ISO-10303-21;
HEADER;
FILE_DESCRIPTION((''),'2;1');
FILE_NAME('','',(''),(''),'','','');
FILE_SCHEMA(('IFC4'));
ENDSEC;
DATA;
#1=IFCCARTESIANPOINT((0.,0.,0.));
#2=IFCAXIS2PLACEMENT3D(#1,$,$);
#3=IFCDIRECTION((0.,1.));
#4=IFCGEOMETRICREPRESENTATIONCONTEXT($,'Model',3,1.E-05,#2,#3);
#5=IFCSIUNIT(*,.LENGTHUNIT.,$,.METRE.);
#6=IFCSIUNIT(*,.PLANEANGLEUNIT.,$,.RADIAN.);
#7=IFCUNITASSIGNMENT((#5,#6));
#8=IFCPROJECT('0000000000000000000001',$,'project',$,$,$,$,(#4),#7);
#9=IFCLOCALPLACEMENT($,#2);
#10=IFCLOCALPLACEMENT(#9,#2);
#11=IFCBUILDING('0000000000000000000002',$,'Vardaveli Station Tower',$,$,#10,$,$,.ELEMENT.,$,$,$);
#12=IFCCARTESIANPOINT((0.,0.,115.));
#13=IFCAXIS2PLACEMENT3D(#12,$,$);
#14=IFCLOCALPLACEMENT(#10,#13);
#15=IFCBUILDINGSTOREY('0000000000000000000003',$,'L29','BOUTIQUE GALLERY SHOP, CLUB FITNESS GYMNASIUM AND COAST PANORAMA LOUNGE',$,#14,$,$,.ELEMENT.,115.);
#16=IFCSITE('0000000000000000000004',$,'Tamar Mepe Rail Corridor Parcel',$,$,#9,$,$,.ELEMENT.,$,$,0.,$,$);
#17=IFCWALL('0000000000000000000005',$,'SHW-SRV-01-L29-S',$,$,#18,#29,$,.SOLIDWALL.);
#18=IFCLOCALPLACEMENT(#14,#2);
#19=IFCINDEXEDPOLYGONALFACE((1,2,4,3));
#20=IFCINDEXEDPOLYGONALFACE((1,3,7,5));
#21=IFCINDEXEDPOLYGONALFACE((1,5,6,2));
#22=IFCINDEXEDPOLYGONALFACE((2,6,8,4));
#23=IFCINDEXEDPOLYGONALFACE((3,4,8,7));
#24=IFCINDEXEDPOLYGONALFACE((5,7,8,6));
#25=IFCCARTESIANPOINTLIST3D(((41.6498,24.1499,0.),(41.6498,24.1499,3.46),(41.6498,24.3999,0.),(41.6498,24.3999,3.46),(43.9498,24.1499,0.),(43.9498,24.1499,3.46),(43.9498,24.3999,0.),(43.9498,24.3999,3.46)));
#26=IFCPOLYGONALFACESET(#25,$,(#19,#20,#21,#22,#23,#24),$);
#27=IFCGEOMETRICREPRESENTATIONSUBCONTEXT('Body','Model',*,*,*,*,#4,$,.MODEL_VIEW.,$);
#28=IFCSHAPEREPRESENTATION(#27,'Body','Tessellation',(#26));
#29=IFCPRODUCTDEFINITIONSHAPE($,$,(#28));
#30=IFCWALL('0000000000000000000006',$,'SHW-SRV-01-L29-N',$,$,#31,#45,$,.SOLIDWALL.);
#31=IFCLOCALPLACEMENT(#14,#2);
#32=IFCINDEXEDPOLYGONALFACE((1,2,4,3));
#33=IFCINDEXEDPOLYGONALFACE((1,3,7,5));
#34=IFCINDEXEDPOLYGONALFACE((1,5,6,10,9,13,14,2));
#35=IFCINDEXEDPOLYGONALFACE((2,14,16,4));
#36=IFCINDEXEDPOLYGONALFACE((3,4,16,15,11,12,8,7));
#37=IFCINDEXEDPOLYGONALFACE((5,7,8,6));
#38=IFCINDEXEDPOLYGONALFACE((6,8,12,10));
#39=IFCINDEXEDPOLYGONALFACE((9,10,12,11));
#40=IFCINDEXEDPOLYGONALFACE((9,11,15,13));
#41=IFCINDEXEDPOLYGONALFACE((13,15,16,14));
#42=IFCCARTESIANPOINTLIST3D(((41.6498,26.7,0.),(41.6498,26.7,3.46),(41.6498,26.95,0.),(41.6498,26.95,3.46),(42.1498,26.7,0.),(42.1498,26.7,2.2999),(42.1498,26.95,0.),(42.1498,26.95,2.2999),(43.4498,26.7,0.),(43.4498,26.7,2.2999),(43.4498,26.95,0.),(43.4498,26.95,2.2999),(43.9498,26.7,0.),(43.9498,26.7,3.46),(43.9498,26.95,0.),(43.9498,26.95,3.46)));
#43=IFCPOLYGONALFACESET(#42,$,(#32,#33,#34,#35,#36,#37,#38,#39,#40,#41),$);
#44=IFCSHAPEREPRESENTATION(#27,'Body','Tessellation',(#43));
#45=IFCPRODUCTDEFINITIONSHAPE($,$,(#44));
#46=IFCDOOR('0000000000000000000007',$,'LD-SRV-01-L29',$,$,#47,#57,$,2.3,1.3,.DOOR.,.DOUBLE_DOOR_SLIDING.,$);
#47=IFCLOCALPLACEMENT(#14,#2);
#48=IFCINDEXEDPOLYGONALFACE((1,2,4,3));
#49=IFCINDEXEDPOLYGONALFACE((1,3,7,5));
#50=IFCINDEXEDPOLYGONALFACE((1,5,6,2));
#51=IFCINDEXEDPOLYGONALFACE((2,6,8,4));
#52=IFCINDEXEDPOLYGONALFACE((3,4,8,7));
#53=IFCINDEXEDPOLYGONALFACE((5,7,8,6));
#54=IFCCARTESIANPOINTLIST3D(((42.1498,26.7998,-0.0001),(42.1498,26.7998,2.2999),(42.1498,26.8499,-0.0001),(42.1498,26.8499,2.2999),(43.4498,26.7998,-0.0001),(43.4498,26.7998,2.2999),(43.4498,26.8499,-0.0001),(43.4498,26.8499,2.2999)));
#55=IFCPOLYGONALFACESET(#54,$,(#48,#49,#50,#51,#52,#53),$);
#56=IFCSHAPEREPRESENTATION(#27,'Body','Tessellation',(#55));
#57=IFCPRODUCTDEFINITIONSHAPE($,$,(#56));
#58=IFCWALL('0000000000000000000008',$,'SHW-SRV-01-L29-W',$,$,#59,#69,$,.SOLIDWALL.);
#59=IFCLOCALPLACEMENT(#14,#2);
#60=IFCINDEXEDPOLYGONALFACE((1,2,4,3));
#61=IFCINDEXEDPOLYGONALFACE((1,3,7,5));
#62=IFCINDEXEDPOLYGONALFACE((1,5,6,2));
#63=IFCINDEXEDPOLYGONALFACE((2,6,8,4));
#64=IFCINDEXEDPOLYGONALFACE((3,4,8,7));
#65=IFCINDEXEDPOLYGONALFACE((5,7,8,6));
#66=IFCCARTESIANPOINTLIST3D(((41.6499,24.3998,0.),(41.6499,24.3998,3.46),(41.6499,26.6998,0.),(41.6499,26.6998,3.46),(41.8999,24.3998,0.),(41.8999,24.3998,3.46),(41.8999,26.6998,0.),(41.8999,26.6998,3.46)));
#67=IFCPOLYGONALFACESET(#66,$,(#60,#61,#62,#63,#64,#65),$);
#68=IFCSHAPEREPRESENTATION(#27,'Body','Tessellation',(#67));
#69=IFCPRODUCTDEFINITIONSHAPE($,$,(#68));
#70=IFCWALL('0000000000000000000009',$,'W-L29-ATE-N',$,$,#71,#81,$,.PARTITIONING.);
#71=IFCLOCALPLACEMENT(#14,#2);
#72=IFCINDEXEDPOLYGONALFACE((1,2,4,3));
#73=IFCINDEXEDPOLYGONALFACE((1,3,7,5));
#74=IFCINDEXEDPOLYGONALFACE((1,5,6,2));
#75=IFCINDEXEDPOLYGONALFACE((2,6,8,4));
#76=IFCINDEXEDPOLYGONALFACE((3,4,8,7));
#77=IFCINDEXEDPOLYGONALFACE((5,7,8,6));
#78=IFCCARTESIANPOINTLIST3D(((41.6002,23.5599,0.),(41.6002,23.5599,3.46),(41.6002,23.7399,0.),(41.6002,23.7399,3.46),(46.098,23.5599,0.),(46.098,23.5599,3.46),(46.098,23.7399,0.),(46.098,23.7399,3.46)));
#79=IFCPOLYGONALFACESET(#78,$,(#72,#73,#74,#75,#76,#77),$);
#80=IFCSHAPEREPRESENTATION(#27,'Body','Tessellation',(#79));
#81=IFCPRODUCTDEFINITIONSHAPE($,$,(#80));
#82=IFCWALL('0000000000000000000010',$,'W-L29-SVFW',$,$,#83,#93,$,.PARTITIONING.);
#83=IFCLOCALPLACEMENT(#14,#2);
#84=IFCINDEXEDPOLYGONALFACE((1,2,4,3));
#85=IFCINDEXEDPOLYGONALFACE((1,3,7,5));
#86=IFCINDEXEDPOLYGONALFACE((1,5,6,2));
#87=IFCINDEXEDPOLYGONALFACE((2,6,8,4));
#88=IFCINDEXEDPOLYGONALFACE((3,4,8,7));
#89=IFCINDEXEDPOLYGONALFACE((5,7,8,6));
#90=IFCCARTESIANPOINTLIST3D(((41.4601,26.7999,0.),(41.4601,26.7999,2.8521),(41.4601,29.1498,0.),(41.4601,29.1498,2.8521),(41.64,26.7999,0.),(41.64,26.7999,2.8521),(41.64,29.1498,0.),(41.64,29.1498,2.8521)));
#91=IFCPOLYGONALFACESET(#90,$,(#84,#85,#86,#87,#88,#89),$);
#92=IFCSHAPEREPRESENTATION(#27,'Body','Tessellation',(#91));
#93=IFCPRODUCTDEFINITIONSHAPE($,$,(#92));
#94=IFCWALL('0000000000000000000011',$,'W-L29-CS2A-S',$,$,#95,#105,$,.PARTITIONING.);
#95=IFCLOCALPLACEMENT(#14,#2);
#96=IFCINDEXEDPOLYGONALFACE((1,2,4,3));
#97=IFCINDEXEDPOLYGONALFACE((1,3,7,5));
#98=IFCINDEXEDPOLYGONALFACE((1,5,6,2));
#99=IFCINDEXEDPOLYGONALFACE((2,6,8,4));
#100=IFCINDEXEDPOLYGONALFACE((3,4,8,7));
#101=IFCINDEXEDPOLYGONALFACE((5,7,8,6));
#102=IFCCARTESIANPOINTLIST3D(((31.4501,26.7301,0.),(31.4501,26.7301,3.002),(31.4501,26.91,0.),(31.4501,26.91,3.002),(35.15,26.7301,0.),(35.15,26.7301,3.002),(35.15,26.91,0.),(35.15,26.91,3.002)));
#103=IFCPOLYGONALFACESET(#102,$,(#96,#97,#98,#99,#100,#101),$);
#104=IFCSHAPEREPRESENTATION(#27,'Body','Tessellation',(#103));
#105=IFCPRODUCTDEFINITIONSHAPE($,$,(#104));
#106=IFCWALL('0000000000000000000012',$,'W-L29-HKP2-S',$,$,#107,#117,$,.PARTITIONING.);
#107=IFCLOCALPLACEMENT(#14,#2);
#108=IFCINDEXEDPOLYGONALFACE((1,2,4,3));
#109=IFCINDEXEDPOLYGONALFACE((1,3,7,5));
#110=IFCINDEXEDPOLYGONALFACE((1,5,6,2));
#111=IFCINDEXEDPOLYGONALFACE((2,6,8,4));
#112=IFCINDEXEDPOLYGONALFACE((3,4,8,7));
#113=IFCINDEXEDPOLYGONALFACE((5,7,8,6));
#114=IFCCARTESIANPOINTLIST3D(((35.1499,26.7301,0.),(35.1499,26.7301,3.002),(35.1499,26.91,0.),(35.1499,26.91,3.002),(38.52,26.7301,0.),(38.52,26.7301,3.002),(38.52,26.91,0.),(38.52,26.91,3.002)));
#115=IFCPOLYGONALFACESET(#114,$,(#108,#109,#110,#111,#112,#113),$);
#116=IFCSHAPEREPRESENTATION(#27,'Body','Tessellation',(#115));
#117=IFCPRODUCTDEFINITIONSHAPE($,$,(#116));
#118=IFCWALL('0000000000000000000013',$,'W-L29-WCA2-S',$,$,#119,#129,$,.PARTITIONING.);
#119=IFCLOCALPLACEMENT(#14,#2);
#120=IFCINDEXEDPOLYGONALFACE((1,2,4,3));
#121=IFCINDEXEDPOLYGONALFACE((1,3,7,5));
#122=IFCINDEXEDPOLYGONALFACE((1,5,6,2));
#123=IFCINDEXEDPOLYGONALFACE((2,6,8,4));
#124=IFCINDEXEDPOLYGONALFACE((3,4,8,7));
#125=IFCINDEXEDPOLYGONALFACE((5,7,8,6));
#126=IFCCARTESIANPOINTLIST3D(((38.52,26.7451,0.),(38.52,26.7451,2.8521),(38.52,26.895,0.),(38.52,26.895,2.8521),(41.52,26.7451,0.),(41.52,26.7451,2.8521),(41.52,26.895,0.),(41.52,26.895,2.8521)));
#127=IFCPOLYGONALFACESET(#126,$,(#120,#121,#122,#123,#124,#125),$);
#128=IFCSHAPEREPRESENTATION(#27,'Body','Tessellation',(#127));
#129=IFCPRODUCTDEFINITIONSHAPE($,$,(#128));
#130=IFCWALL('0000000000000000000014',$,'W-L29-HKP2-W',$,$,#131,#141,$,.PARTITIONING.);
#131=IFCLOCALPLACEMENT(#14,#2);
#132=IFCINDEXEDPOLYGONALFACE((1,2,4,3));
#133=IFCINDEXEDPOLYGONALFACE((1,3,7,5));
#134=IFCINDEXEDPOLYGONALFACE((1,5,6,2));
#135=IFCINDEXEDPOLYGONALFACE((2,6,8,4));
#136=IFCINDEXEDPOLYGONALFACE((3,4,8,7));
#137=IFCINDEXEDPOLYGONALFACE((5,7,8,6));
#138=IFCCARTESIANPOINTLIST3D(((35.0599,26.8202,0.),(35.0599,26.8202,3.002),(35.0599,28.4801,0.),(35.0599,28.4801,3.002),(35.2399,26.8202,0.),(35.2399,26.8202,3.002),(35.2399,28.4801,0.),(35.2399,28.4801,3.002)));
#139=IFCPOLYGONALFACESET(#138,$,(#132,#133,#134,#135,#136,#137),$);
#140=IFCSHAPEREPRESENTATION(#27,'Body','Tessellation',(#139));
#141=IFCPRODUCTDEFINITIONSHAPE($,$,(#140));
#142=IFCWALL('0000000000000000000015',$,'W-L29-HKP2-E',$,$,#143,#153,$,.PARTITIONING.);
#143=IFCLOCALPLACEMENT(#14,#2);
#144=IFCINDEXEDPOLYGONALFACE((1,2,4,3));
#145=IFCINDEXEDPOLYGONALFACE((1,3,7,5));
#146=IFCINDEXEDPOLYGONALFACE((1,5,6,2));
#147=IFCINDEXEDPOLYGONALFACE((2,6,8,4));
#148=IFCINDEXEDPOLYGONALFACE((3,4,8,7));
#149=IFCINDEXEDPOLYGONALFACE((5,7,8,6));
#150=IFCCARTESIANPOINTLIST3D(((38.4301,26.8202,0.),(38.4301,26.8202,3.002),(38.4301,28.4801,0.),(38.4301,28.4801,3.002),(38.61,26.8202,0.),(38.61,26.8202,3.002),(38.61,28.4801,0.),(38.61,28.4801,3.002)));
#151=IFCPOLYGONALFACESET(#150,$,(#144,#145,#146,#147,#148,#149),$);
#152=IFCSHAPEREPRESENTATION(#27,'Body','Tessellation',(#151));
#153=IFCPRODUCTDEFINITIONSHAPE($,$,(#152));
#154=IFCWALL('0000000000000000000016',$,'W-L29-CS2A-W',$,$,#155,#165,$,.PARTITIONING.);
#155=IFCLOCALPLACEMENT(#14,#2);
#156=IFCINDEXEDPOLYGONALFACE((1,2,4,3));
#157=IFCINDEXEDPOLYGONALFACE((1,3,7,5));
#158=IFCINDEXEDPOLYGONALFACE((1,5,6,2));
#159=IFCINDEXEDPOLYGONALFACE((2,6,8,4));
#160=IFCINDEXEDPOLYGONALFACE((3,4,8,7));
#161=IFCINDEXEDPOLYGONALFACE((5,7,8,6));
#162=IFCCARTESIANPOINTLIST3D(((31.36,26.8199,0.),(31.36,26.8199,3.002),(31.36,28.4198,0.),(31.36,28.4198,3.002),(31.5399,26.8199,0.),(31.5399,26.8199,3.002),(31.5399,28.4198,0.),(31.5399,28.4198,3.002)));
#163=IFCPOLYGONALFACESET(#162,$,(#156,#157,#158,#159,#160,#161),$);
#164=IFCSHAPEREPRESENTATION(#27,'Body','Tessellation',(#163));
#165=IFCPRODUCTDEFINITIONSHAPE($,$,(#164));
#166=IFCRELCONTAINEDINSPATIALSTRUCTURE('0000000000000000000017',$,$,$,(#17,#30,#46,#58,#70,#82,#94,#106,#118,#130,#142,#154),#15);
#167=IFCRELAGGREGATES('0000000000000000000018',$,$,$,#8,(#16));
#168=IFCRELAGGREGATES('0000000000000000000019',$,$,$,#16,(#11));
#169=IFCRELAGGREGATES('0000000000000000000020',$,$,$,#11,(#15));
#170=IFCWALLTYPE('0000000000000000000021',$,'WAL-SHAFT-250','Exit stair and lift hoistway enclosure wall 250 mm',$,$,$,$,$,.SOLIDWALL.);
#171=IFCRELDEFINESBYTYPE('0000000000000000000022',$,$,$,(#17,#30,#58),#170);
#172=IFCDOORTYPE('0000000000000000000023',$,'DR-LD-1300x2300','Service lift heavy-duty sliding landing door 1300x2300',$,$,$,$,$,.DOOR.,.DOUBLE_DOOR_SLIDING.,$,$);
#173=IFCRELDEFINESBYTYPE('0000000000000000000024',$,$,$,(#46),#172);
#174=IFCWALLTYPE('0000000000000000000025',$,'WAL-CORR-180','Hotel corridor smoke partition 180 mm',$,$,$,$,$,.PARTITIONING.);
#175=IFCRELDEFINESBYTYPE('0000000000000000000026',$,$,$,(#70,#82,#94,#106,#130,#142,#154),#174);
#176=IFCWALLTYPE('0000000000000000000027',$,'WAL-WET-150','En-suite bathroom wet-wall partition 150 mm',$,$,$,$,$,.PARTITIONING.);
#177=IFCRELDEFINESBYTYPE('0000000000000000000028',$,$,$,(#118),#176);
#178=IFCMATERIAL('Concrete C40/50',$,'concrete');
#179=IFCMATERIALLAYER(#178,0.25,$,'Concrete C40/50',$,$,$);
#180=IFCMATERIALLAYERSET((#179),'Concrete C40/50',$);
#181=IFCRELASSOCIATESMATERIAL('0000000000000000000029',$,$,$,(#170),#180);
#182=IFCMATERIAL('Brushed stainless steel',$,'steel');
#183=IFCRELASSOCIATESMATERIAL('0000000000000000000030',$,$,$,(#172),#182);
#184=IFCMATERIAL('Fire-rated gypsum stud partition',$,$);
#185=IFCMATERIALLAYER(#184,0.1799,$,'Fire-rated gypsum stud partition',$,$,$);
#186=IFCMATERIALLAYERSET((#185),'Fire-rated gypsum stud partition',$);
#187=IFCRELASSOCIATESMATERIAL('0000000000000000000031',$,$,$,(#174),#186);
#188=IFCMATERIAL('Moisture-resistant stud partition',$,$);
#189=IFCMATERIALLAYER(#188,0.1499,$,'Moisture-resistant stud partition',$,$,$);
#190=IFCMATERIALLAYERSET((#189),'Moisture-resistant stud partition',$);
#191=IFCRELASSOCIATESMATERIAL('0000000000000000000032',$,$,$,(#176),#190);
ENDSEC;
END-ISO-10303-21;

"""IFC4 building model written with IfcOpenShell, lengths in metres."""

from ifc_helpers import new_model, si_unit, direction, frame, frame_2d, origin, place, context, subcontext, project, spatial, rectangle, extrude, source, transform, mapped, material, layer, layer_set, type_object, element, fill, save


model = new_model("IFC4")

# Units and contexts
model_context = context("Model", 3, precision=1e-05, world=origin(), true_north=direction((0.0, 1.0)))
body_context = subcontext(model_context, "Body", "Model", "MODEL_VIEW")
ifc_project = project(units=[si_unit("LENGTHUNIT", "METRE"), si_unit("PLANEANGLEUNIT", "RADIAN")], contexts=[model_context])

# Site, building, storey
site_placement = place(None, origin())
site = spatial("IfcSite", under=ifc_project, at=site_placement, Name="Tamar Mepe Rail Corridor Parcel", CompositionType="ELEMENT", RefElevation=0.0)
building_placement = place(site_placement, origin())
building = spatial("IfcBuilding", under=site, at=building_placement, Name="Vardaveli Station Tower", CompositionType="ELEMENT")
storey_placement = place(building_placement, frame((0.0, 0.0, 115.0)))
storey = spatial("IfcBuildingStorey", under=building, at=storey_placement, Name="L29", Description="BOUTIQUE GALLERY SHOP, CLUB FITNESS GYMNASIUM AND COAST PANORAMA LOUNGE", CompositionType="ELEMENT", Elevation=115.0)

# Wall
ifc_material_1 = material(Name="Concrete C40/50", Category="concrete")
ifc_layer_1 = layer(ifc_material_1, 0.25, Name="Concrete C40/50")
ifc_layer_set_1 = layer_set([ifc_layer_1], Name="Concrete C40/50")
wall_type_1 = type_object("IfcWallType", Name="WAL-SHAFT-250", Description="Exit stair and lift hoistway enclosure wall 250 mm", PredefinedType="SOLIDWALL", material=ifc_layer_set_1)
shared_shape_1 = source(origin(), body_context, "Body", "SweptSolid", [
    extrude(rectangle(XDim=2.3, YDim=0.25, at=frame_2d((1.1499, 0.0))), origin(), (0.0, 0.0, 1.0), 3.46),
])
wall_1_placement = place(storey_placement, frame((41.6499, 24.2749, 0.0), z_axis=(0.0, 0.0, 1.0), x_axis=(1.0, 0.0, 0.0)))
element("IfcWall", 1, at=wall_1_placement, inside=storey, type_object=wall_type_1, Name="SHW-SRV-01-L29-S", PredefinedType="SOLIDWALL", context=body_context, shape_type="MappedRepresentation", body=[
    mapped(shared_shape_1, transform((0.0, 0.0, 0.0), scale=1.0)),
])

# Wall, opening, door
wall_2_placement = place(storey_placement, frame((41.6499, 26.825, 0.0), z_axis=(0.0, 0.0, 1.0), x_axis=(1.0, 0.0, 0.0)))
wall_2 = element("IfcWall", 2, at=wall_2_placement, inside=storey, type_object=wall_type_1, Name="SHW-SRV-01-L29-N", PredefinedType="SOLIDWALL", context=body_context, shape_type="MappedRepresentation", body=[
    mapped(shared_shape_1, transform((0.0, 0.0, 0.0), scale=1.0)),
])
shared_shape_2 = source(origin(), body_context, "Body", "SweptSolid", [
    extrude(rectangle(XDim=1.3, YDim=2.3, at=frame_2d((0.6499, 1.1499))), frame((0.0, 0.135, 0.0), z_axis=(0.0, -1.0, 0.0), x_axis=(1.0, 0.0, 0.0)), (0.0, 0.0, 1.0), 0.27),
])
opening_placement = place(wall_2_placement, frame((0.5, 0.0, 0.0)))
opening = element("IfcOpeningElement", 3, at=opening_placement, cuts=wall_2, PredefinedType="OPENING", context=body_context, shape_type="MappedRepresentation", body=[
    mapped(shared_shape_2, transform((0.0, 0.0, 0.0), scale=1.0)),
])
ifc_material_2 = material(Name="Brushed stainless steel", Category="steel")
door_type = type_object("IfcDoorType", Name="DR-LD-1300x2300", Description="Service lift heavy-duty sliding landing door 1300x2300", OperationType="DOUBLE_DOOR_SLIDING", PredefinedType="DOOR", material=ifc_material_2)
shared_shape_3 = source(origin(), body_context, "Body", "SweptSolid", [
    extrude(rectangle(XDim=1.3, YDim=2.3, at=frame_2d((0.6499, 1.1499))), frame((0.0, 0.0249, 0.0), z_axis=(0.0, -1.0, 0.0), x_axis=(1.0, 0.0, 0.0)), (0.0, 0.0, 1.0), 0.05),
])
door_placement = place(opening_placement, origin())
door = element("IfcDoor", 4, at=door_placement, inside=storey, type_object=door_type, Name="LD-SRV-01-L29", OperationType="DOUBLE_DOOR_SLIDING", OverallHeight=2.3, OverallWidth=1.3, PredefinedType="DOOR", context=body_context, shape_type="MappedRepresentation", body=[
    mapped(shared_shape_3, transform((0.0, 0.0, 0.0), scale=1.0)),
])
fill(opening, door)

# Walls
wall_3_placement = place(storey_placement, frame((41.7749, 24.3999, 0.0), z_axis=(0.0, 0.0, 1.0), x_axis=(0.0, 1.0, 0.0)))
element("IfcWall", 5, at=wall_3_placement, inside=storey, type_object=wall_type_1, Name="SHW-SRV-01-L29-W", PredefinedType="SOLIDWALL", context=body_context, shape_type="MappedRepresentation", body=[
    mapped(shared_shape_1, transform((0.0, 0.0, 0.0), scale=1.0)),
])
ifc_material_3 = material(Name="Fire-rated gypsum stud partition")
ifc_layer_2 = layer(ifc_material_3, 0.1799, Name="Fire-rated gypsum stud partition")
ifc_layer_set_2 = layer_set([ifc_layer_2], Name="Fire-rated gypsum stud partition")
wall_type_2 = type_object("IfcWallType", Name="WAL-CORR-180", Description="Hotel corridor smoke partition 180 mm", PredefinedType="PARTITIONING", material=ifc_layer_set_2)
shared_shape_4 = source(origin(), body_context, "Body", "SweptSolid", [
    extrude(rectangle(XDim=4.4978, YDim=0.1799, at=frame_2d((2.249, 0.0))), origin(), (0.0, 0.0, 1.0), 3.46),
])
wall_4_placement = place(storey_placement, frame((41.6001, 23.6499, 0.0), z_axis=(0.0, 0.0, 1.0), x_axis=(1.0, 0.0, 0.0)))
element("IfcWall", 6, at=wall_4_placement, inside=storey, type_object=wall_type_2, Name="W-L29-ATE-N", PredefinedType="PARTITIONING", context=body_context, shape_type="MappedRepresentation", body=[
    mapped(shared_shape_4, transform((0.0, 0.0, 0.0), scale=1.0)),
])
shared_shape_5 = source(origin(), body_context, "Body", "SweptSolid", [
    extrude(rectangle(XDim=2.3499, YDim=0.1799, at=frame_2d((1.1748, 0.0))), origin(), (0.0, 0.0, 1.0), 2.8521),
])
wall_5_placement = place(storey_placement, frame((41.55, 26.8, 0.0), z_axis=(0.0, 0.0, 1.0), x_axis=(0.0, 1.0, 0.0)))
element("IfcWall", 7, at=wall_5_placement, inside=storey, type_object=wall_type_2, Name="W-L29-SVFW", PredefinedType="PARTITIONING", context=body_context, shape_type="MappedRepresentation", body=[
    mapped(shared_shape_5, transform((0.0, 0.0, 0.0), scale=1.0)),
])
shared_shape_6 = source(origin(), body_context, "Body", "SweptSolid", [
    extrude(rectangle(XDim=3.7, YDim=0.1799, at=frame_2d((1.8501, 0.0))), origin(), (0.0, 0.0, 1.0), 3.002),
])
wall_6_placement = place(storey_placement, frame((31.45, 26.8201, 0.0), z_axis=(0.0, 0.0, 1.0), x_axis=(1.0, 0.0, 0.0)))
element("IfcWall", 8, at=wall_6_placement, inside=storey, type_object=wall_type_2, Name="W-L29-CS2A-S", PredefinedType="PARTITIONING", context=body_context, shape_type="MappedRepresentation", body=[
    mapped(shared_shape_6, transform((0.0, 0.0, 0.0), scale=1.0)),
])
shared_shape_7 = source(origin(), body_context, "Body", "SweptSolid", [
    extrude(rectangle(XDim=3.3701, YDim=0.1799, at=frame_2d((1.6851, 0.0))), origin(), (0.0, 0.0, 1.0), 3.002),
])
wall_7_placement = place(storey_placement, frame((35.1499, 26.8201, 0.0), z_axis=(0.0, 0.0, 1.0), x_axis=(1.0, 0.0, 0.0)))
element("IfcWall", 9, at=wall_7_placement, inside=storey, type_object=wall_type_2, Name="W-L29-HKP2-S", PredefinedType="PARTITIONING", context=body_context, shape_type="MappedRepresentation", body=[
    mapped(shared_shape_7, transform((0.0, 0.0, 0.0), scale=1.0)),
])
ifc_material_4 = material(Name="Moisture-resistant stud partition")
ifc_layer_3 = layer(ifc_material_4, 0.1499, Name="Moisture-resistant stud partition")
ifc_layer_set_3 = layer_set([ifc_layer_3], Name="Moisture-resistant stud partition")
wall_type_3 = type_object("IfcWallType", Name="WAL-WET-150", Description="En-suite bathroom wet-wall partition 150 mm", PredefinedType="PARTITIONING", material=ifc_layer_set_3)
shared_shape_8 = source(origin(), body_context, "Body", "SweptSolid", [
    extrude(rectangle(XDim=3.0, YDim=0.1499, at=frame_2d((1.5, 0.0))), origin(), (0.0, 0.0, 1.0), 2.8521),
])
wall_8_placement = place(storey_placement, frame((38.52, 26.8201, 0.0), z_axis=(0.0, 0.0, 1.0), x_axis=(1.0, 0.0, 0.0)))
element("IfcWall", 10, at=wall_8_placement, inside=storey, type_object=wall_type_3, Name="W-L29-WCA2-S", PredefinedType="PARTITIONING", context=body_context, shape_type="MappedRepresentation", body=[
    mapped(shared_shape_8, transform((0.0, 0.0, 0.0), scale=1.0)),
])
shared_shape_9 = source(origin(), body_context, "Body", "SweptSolid", [
    extrude(rectangle(XDim=1.6599, YDim=0.1799, at=frame_2d((0.8301, 0.0))), origin(), (0.0, 0.0, 1.0), 3.002),
])
for number, where, z_axis, x_axis, name in (
    (11, (35.1499, 26.8201, 0.0), (0.0, 0.0, 1.0), (0.0, 1.0, 0.0), "W-L29-HKP2-W"),
    (12, (38.52, 26.8201, 0.0), (0.0, 0.0, 1.0), (0.0, 1.0, 0.0), "W-L29-HKP2-E"),
):
    element("IfcWall", number, at=place(storey_placement, frame(where, z_axis=z_axis, x_axis=x_axis)), inside=storey, type_object=wall_type_2, Name=name, PredefinedType="PARTITIONING", context=body_context, shape_type="MappedRepresentation", body=[
        mapped(shared_shape_9, transform((0.0, 0.0, 0.0), scale=1.0)),
    ])
shared_shape_10 = source(origin(), body_context, "Body", "SweptSolid", [
    extrude(rectangle(XDim=1.5999, YDim=0.1799, at=frame_2d((0.7998, 0.0))), origin(), (0.0, 0.0, 1.0), 3.002),
])
wall_9_placement = place(storey_placement, frame((31.45, 26.8201, 0.0), z_axis=(0.0, 0.0, 1.0), x_axis=(0.0, 1.0, 0.0)))
element("IfcWall", 13, at=wall_9_placement, inside=storey, type_object=wall_type_2, Name="W-L29-CS2A-W", PredefinedType="PARTITIONING", context=body_context, shape_type="MappedRepresentation", body=[
    mapped(shared_shape_10, transform((0.0, 0.0, 0.0), scale=1.0)),
])

save(model, "model.ifc")
